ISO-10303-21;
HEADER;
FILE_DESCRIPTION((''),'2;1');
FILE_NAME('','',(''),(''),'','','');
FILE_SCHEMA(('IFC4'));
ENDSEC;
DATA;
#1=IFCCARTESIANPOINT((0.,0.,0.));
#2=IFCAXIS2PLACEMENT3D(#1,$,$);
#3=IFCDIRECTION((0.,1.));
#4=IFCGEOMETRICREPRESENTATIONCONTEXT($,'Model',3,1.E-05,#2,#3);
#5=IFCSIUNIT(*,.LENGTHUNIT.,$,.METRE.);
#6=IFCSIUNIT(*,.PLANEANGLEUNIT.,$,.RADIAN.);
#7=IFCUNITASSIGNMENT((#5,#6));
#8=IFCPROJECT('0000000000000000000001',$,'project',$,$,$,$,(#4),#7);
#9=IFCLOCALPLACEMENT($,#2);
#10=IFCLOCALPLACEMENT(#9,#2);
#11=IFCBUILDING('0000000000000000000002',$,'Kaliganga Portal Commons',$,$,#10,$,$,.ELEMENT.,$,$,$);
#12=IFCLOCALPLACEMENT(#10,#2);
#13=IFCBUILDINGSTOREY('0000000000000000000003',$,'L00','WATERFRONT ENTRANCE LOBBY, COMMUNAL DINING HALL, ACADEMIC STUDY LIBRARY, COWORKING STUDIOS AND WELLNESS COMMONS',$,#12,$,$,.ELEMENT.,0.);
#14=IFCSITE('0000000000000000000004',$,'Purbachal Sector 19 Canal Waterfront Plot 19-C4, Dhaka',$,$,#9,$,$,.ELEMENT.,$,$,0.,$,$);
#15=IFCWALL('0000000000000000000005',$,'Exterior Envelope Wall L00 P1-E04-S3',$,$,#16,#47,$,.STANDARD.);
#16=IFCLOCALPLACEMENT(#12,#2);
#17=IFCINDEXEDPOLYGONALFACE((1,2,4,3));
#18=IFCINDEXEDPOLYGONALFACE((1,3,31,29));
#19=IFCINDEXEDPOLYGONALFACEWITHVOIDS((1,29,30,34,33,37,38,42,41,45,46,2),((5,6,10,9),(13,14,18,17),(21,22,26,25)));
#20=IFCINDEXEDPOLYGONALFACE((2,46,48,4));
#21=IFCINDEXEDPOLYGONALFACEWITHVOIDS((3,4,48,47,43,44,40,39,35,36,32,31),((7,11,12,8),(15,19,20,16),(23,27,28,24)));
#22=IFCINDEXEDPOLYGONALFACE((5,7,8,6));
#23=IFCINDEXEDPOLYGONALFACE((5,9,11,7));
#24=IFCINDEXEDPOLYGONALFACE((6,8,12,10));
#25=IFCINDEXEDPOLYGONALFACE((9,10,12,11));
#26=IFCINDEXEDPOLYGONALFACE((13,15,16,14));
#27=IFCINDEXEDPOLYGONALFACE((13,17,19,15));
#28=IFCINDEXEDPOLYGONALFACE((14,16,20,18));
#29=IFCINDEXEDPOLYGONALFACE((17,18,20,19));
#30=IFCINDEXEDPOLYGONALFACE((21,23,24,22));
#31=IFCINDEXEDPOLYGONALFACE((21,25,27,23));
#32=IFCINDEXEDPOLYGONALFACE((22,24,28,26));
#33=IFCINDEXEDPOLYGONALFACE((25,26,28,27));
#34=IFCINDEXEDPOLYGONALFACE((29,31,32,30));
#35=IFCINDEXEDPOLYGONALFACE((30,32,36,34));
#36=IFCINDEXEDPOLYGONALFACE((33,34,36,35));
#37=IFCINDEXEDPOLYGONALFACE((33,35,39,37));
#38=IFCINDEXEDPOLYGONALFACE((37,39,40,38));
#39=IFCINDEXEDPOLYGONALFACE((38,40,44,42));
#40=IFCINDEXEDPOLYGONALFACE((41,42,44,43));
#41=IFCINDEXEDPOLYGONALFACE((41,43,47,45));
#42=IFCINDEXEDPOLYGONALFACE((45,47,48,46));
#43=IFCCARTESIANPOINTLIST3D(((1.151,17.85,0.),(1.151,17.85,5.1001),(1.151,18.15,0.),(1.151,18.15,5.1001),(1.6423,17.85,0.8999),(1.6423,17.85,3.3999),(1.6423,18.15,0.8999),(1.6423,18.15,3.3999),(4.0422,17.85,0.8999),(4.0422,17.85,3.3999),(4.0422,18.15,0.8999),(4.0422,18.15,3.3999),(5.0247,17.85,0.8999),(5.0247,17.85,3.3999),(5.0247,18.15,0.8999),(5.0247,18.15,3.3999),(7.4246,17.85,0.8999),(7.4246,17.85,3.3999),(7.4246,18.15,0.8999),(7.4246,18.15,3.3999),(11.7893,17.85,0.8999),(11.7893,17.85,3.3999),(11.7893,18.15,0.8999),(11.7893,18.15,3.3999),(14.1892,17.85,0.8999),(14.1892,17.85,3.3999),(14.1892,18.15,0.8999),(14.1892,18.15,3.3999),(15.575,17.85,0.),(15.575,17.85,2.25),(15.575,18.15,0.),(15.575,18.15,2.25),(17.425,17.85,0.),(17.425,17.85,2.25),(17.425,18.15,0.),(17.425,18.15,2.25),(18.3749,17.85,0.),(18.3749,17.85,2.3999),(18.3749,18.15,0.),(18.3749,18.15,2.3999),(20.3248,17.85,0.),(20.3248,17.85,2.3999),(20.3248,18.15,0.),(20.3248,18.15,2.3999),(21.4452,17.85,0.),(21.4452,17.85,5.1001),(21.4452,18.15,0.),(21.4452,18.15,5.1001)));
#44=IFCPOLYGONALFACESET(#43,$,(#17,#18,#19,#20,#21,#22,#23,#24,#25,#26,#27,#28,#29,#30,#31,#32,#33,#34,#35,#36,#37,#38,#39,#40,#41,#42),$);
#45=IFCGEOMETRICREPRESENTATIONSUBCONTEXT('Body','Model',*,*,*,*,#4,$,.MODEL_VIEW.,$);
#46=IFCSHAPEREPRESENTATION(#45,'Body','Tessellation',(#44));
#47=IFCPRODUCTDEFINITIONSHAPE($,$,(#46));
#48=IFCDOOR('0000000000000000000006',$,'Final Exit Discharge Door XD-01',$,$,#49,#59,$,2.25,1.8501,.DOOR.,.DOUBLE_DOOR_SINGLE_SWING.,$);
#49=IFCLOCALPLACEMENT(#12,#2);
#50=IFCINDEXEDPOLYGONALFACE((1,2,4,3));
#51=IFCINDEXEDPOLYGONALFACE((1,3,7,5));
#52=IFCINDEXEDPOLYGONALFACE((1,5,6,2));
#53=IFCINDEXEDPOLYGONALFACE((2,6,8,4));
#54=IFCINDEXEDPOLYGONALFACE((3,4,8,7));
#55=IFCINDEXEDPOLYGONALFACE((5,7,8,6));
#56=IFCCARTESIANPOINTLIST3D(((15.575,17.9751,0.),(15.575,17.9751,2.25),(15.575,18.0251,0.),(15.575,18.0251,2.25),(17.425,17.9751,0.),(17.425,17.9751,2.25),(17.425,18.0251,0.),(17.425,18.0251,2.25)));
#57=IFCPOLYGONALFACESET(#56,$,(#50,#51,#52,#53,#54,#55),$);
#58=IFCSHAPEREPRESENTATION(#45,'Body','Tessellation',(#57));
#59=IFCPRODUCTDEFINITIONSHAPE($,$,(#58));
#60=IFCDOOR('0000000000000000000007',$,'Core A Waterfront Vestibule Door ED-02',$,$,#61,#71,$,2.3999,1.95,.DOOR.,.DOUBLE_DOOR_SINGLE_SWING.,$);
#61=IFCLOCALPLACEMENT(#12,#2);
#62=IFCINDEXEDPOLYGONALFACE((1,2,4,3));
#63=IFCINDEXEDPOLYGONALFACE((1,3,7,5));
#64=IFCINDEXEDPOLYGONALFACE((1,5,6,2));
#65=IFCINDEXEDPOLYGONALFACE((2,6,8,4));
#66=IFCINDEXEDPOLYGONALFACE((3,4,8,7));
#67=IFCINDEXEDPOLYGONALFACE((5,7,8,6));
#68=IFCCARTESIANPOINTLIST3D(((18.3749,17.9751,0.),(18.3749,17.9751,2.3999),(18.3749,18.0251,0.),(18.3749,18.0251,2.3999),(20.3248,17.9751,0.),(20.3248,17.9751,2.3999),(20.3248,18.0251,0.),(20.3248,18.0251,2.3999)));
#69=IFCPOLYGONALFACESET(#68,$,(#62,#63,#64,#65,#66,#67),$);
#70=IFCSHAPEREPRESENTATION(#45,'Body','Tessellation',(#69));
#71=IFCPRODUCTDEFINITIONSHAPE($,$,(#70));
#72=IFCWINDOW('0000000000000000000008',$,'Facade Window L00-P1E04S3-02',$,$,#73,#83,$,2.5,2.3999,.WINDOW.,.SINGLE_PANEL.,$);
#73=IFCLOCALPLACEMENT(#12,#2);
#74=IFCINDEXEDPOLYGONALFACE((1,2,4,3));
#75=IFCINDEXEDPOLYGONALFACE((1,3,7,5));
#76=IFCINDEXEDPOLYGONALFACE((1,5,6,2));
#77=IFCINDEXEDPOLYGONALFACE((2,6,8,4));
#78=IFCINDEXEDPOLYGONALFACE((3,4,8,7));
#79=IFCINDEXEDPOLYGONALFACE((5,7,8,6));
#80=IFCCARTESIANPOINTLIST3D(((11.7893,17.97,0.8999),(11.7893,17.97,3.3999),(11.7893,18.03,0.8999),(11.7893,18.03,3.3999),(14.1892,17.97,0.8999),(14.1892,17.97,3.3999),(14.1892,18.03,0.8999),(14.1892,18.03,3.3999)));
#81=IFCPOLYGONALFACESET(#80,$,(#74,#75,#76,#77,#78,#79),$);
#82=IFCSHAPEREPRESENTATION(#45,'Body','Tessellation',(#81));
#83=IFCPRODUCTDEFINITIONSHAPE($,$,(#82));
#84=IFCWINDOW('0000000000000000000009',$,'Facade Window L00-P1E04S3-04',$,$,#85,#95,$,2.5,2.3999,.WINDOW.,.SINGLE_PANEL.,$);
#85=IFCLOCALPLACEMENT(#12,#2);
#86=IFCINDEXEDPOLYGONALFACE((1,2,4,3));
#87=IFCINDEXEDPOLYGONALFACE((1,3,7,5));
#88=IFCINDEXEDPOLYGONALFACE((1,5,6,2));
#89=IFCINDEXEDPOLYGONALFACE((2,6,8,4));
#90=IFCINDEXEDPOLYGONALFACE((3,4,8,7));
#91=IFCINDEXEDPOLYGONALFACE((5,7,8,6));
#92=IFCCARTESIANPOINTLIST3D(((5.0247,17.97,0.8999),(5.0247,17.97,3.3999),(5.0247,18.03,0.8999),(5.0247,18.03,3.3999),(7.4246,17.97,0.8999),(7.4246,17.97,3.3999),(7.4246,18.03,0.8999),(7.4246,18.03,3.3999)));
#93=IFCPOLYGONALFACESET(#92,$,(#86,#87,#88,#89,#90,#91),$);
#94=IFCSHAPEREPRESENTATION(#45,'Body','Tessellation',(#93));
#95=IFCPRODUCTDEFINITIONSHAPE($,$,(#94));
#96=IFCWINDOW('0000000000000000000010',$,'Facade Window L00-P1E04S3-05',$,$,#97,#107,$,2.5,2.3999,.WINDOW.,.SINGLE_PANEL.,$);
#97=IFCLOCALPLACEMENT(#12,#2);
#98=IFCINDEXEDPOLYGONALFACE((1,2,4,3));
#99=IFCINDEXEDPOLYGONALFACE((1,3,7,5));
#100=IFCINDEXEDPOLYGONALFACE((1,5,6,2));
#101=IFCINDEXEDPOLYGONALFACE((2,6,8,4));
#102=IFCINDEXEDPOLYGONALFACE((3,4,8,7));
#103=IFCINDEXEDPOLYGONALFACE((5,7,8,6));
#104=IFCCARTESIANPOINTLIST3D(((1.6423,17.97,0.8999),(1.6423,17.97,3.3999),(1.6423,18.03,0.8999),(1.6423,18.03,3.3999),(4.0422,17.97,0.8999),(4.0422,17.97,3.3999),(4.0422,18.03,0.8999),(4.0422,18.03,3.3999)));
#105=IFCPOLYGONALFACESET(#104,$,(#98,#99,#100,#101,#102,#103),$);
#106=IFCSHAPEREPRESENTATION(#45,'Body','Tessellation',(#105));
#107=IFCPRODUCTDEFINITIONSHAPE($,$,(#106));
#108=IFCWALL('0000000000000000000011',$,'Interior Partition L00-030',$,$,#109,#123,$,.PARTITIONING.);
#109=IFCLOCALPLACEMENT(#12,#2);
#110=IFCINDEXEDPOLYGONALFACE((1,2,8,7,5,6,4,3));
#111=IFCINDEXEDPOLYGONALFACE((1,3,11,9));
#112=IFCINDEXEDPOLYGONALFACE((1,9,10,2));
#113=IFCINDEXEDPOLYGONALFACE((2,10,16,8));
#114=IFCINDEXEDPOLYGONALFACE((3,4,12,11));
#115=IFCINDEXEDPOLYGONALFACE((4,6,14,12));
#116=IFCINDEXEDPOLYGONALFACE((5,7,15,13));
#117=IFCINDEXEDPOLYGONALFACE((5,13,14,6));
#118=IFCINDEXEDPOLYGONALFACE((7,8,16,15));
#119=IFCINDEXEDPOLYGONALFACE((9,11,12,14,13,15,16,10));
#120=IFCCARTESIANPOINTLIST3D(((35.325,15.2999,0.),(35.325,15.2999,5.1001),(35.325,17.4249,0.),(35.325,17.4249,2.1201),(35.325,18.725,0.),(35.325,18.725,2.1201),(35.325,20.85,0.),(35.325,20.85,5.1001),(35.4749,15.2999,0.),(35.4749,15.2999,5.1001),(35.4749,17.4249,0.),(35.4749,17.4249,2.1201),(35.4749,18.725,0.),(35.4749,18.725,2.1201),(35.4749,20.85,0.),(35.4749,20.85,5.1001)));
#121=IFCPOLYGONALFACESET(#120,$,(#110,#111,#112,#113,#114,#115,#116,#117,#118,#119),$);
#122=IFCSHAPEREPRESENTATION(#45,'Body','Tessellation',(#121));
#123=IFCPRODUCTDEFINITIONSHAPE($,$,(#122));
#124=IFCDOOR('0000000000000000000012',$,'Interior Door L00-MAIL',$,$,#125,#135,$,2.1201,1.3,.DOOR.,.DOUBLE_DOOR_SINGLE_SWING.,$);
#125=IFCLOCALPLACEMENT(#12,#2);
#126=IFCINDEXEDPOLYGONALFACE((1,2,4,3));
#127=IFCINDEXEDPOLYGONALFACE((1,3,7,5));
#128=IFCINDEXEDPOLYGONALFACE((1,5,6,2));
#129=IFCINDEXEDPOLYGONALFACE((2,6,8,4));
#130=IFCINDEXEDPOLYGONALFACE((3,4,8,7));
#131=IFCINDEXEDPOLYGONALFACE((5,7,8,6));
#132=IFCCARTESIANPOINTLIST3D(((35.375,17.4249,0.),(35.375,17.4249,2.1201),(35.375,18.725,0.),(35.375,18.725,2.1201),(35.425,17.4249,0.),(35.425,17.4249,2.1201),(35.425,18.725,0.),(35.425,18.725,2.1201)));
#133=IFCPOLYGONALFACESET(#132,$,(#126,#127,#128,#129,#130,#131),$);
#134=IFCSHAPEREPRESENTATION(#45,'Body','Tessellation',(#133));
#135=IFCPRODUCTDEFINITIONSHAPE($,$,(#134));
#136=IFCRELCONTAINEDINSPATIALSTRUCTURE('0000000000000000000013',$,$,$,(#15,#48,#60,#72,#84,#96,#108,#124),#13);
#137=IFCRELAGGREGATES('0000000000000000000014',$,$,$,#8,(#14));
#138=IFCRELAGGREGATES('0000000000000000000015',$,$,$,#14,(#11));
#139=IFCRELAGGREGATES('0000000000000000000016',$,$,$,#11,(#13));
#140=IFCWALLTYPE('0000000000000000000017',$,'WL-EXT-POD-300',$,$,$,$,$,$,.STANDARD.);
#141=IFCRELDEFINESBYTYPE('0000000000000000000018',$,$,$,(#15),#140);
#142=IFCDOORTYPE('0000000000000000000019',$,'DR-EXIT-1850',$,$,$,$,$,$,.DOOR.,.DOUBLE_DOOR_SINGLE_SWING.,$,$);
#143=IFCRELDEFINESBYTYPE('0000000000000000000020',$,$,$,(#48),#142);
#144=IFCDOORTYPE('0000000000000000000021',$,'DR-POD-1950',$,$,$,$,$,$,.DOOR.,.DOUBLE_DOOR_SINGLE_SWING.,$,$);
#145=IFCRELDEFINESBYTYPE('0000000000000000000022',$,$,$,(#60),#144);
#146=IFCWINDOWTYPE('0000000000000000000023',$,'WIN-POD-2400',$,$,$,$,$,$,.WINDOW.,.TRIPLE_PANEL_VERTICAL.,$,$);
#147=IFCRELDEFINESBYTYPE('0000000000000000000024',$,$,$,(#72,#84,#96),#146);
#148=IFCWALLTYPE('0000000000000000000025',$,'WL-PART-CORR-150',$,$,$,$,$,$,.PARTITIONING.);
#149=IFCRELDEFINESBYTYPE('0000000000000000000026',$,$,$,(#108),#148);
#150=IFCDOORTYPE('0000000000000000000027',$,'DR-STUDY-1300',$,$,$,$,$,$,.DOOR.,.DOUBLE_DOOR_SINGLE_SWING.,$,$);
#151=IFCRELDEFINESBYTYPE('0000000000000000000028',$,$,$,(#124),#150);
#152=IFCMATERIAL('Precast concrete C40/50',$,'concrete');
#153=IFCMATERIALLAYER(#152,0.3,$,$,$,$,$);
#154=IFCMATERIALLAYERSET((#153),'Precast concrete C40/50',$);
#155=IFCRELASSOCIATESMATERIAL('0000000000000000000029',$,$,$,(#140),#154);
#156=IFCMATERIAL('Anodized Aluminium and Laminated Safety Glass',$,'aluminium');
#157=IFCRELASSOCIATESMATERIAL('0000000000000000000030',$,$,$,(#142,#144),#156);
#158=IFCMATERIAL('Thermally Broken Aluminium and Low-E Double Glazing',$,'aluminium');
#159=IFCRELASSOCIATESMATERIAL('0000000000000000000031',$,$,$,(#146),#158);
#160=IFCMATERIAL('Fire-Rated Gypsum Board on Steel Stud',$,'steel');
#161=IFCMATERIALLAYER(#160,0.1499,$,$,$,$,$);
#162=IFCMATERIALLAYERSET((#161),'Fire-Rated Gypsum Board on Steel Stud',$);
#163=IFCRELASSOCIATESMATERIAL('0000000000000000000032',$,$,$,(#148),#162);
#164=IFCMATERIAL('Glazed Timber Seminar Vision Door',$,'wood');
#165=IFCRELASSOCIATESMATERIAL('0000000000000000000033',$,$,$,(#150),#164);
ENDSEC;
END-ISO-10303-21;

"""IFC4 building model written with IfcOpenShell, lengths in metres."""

from ifc_helpers import new_model, si_unit, direction, frame, frame_2d, origin, place, context, subcontext, project, spatial, rectangle, extrude, material, layer, layer_set, type_object, element, fill, save


model = new_model("IFC4")

# Units and contexts
model_context = context("Model", 3, precision=1e-05, world=origin(), true_north=direction((0.0, 1.0)))
body_context = subcontext(model_context, "Body", "Model", "MODEL_VIEW")
ifc_project = project(units=[si_unit("LENGTHUNIT", "METRE"), si_unit("PLANEANGLEUNIT", "RADIAN")], contexts=[model_context])

# Site, building, storey
site_placement = place(None, origin())
site = spatial("IfcSite", under=ifc_project, at=site_placement, Name="Purbachal Sector 19 Canal Waterfront Plot 19-C4, Dhaka", CompositionType="ELEMENT", RefElevation=0.0)
building_placement = place(site_placement, origin())
building = spatial("IfcBuilding", under=site, at=building_placement, Name="Kaliganga Portal Commons", CompositionType="ELEMENT")
storey_placement = place(building_placement, origin())
storey = spatial("IfcBuildingStorey", under=building, at=storey_placement, Name="L00", Description="WATERFRONT ENTRANCE LOBBY, COMMUNAL DINING HALL, ACADEMIC STUDY LIBRARY, COWORKING STUDIOS AND WELLNESS COMMONS", CompositionType="ELEMENT", Elevation=0.0)

# Wall, openings, doors, windows
ifc_material_1 = material(Name="Precast concrete C40/50", Category="concrete")
ifc_layer_1 = layer(ifc_material_1, 0.3)
ifc_layer_set_1 = layer_set([ifc_layer_1], Name="Precast concrete C40/50")
wall_type_1 = type_object("IfcWallType", Name="WL-EXT-POD-300", PredefinedType="STANDARD", material=ifc_layer_set_1)
wall_1_placement = place(storey_placement, frame((21.4451, 18.0, 0.0), z_axis=(0.0, 0.0, 1.0), x_axis=(-1.0, 0.0, 0.0)))
wall_1 = element("IfcWall", 1, at=wall_1_placement, inside=storey, type_object=wall_type_1, Name="Exterior Envelope Wall L00 P1-E04-S3", PredefinedType="STANDARD", context=body_context, shape_type="SweptSolid", body=[
    extrude(rectangle(XDim=20.2942, YDim=0.3, at=frame_2d((10.147, 0.0))), origin(), (0.0, 0.0, 1.0), 5.1001),
])
opening_1_placement = place(wall_1_placement, frame((4.02, 0.0, 0.0)))
opening_1 = element("IfcOpeningElement", 2, at=opening_1_placement, cuts=wall_1, PredefinedType="OPENING", context=body_context, shape_type="SweptSolid", body=[
    extrude(rectangle(XDim=1.8501, YDim=2.25, at=frame_2d((0.925, 1.125))), frame((0.0, 0.1602, 0.0), z_axis=(0.0, -1.0, 0.0), x_axis=(1.0, 0.0, 0.0)), (0.0, 0.0, 1.0), 0.3201),
])
opening_2_placement = place(wall_1_placement, frame((1.1201, 0.0, 0.0)))
opening_2 = element("IfcOpeningElement", 3, at=opening_2_placement, cuts=wall_1, PredefinedType="OPENING", context=body_context, shape_type="SweptSolid", body=[
    extrude(rectangle(XDim=1.95, YDim=2.3999, at=frame_2d((0.9751, 1.2))), frame((0.0, 0.1602, 0.0), z_axis=(0.0, -1.0, 0.0), x_axis=(1.0, 0.0, 0.0)), (0.0, 0.0, 1.0), 0.3201),
])
opening_3_placement = place(wall_1_placement, frame((7.2559, 0.0, 0.8999)))
opening_3 = element("IfcOpeningElement", 4, at=opening_3_placement, cuts=wall_1, PredefinedType="OPENING", context=body_context, shape_type="SweptSolid", body=[
    extrude(rectangle(XDim=2.3999, YDim=2.5, at=frame_2d((1.2, 1.25))), frame((0.0, 0.1602, 0.0), z_axis=(0.0, -1.0, 0.0), x_axis=(1.0, 0.0, 0.0)), (0.0, 0.0, 1.0), 0.3201),
])
opening_4_placement = place(wall_1_placement, frame((14.0205, 0.0, 0.8999)))
opening_4 = element("IfcOpeningElement", 5, at=opening_4_placement, cuts=wall_1, PredefinedType="OPENING", context=body_context, shape_type="SweptSolid", body=[
    extrude(rectangle(XDim=2.3999, YDim=2.5, at=frame_2d((1.2, 1.25))), frame((0.0, 0.1602, 0.0), z_axis=(0.0, -1.0, 0.0), x_axis=(1.0, 0.0, 0.0)), (0.0, 0.0, 1.0), 0.3201),
])
opening_5_placement = place(wall_1_placement, frame((17.4028, 0.0, 0.8999)))
opening_5 = element("IfcOpeningElement", 6, at=opening_5_placement, cuts=wall_1, PredefinedType="OPENING", context=body_context, shape_type="SweptSolid", body=[
    extrude(rectangle(XDim=2.3999, YDim=2.5, at=frame_2d((1.2, 1.25))), frame((0.0, 0.1602, 0.0), z_axis=(0.0, -1.0, 0.0), x_axis=(1.0, 0.0, 0.0)), (0.0, 0.0, 1.0), 0.3201),
])
ifc_material_2 = material(Name="Anodized Aluminium and Laminated Safety Glass", Category="aluminium")
door_type_1 = type_object("IfcDoorType", Name="DR-EXIT-1850", OperationType="DOUBLE_DOOR_SINGLE_SWING", PredefinedType="DOOR", material=ifc_material_2)
door_1_placement = place(opening_1_placement, origin())
door_1 = element("IfcDoor", 7, at=door_1_placement, inside=storey, type_object=door_type_1, Name="Final Exit Discharge Door XD-01", OperationType="DOUBLE_DOOR_SINGLE_SWING", OverallHeight=2.25, OverallWidth=1.8501, PredefinedType="DOOR", context=body_context, shape_type="SweptSolid", body=[
    extrude(rectangle(XDim=1.8501, YDim=2.25, at=frame_2d((0.925, 1.125))), frame((0.0, 0.0249, 0.0), z_axis=(0.0, -1.0, 0.0), x_axis=(1.0, 0.0, 0.0)), (0.0, 0.0, 1.0), 0.05),
])
fill(opening_1, door_1)
door_type_2 = type_object("IfcDoorType", Name="DR-POD-1950", OperationType="DOUBLE_DOOR_SINGLE_SWING", PredefinedType="DOOR", material=ifc_material_2)
door_2_placement = place(opening_2_placement, origin())
door_2 = element("IfcDoor", 8, at=door_2_placement, inside=storey, type_object=door_type_2, Name="Core A Waterfront Vestibule Door ED-02", OperationType="DOUBLE_DOOR_SINGLE_SWING", OverallHeight=2.3999, OverallWidth=1.95, PredefinedType="DOOR", context=body_context, shape_type="SweptSolid", body=[
    extrude(rectangle(XDim=1.95, YDim=2.3999, at=frame_2d((0.9751, 1.2))), frame((0.0, 0.0249, 0.0), z_axis=(0.0, -1.0, 0.0), x_axis=(1.0, 0.0, 0.0)), (0.0, 0.0, 1.0), 0.05),
])
fill(opening_2, door_2)
ifc_material_3 = material(Name="Thermally Broken Aluminium and Low-E Double Glazing", Category="aluminium")
window_type = type_object("IfcWindowType", Name="WIN-POD-2400", PartitioningType="TRIPLE_PANEL_VERTICAL", PredefinedType="WINDOW", material=ifc_material_3)
window_1_placement = place(opening_3_placement, origin())
window_1 = element("IfcWindow", 9, at=window_1_placement, inside=storey, type_object=window_type, Name="Facade Window L00-P1E04S3-02", OverallHeight=2.5, OverallWidth=2.3999, PartitioningType="SINGLE_PANEL", PredefinedType="WINDOW", context=body_context, shape_type="SweptSolid", body=[
    extrude(rectangle(XDim=2.3999, YDim=2.5, at=frame_2d((1.2, 1.25))), frame((0.0, 0.03, 0.0), z_axis=(0.0, -1.0, 0.0), x_axis=(1.0, 0.0, 0.0)), (0.0, 0.0, 1.0), 0.0601),
])
fill(opening_3, window_1)
window_2_placement = place(opening_4_placement, origin())
window_2 = element("IfcWindow", 10, at=window_2_placement, inside=storey, type_object=window_type, Name="Facade Window L00-P1E04S3-04", OverallHeight=2.5, OverallWidth=2.3999, PartitioningType="SINGLE_PANEL", PredefinedType="WINDOW", context=body_context, shape_type="SweptSolid", body=[
    extrude(rectangle(XDim=2.3999, YDim=2.5, at=frame_2d((1.2, 1.25))), frame((0.0, 0.03, 0.0), z_axis=(0.0, -1.0, 0.0), x_axis=(1.0, 0.0, 0.0)), (0.0, 0.0, 1.0), 0.0601),
])
fill(opening_4, window_2)
window_3_placement = place(opening_5_placement, origin())
window_3 = element("IfcWindow", 11, at=window_3_placement, inside=storey, type_object=window_type, Name="Facade Window L00-P1E04S3-05", OverallHeight=2.5, OverallWidth=2.3999, PartitioningType="SINGLE_PANEL", PredefinedType="WINDOW", context=body_context, shape_type="SweptSolid", body=[
    extrude(rectangle(XDim=2.3999, YDim=2.5, at=frame_2d((1.2, 1.25))), frame((0.0, 0.03, 0.0), z_axis=(0.0, -1.0, 0.0), x_axis=(1.0, 0.0, 0.0)), (0.0, 0.0, 1.0), 0.0601),
])
fill(opening_5, window_3)

# Wall, opening, door
ifc_material_4 = material(Name="Fire-Rated Gypsum Board on Steel Stud", Category="steel")
ifc_layer_2 = layer(ifc_material_4, 0.1499)
ifc_layer_set_2 = layer_set([ifc_layer_2], Name="Fire-Rated Gypsum Board on Steel Stud")
wall_type_2 = type_object("IfcWallType", Name="WL-PART-CORR-150", PredefinedType="PARTITIONING", material=ifc_layer_set_2)
wall_2_placement = place(storey_placement, frame((35.3999, 15.3, 0.0), z_axis=(0.0, 0.0, 1.0), x_axis=(0.0, 1.0, 0.0)))
wall_2 = element("IfcWall", 12, at=wall_2_placement, inside=storey, type_object=wall_type_2, Name="Interior Partition L00-030", PredefinedType="PARTITIONING", context=body_context, shape_type="SweptSolid", body=[
    extrude(rectangle(XDim=5.55, YDim=0.1499, at=frame_2d((2.7749, 0.0))), origin(), (0.0, 0.0, 1.0), 5.1001),
])
opening_6_placement = place(wall_2_placement, frame((2.125, 0.0, 0.0)))
opening_6 = element("IfcOpeningElement", 13, at=opening_6_placement, cuts=wall_2, PredefinedType="OPENING", context=body_context, shape_type="SweptSolid", body=[
    extrude(rectangle(XDim=1.3, YDim=2.1201, at=frame_2d((0.6499, 1.0601))), frame((0.0, 0.085, 0.0), z_axis=(0.0, -1.0, 0.0), x_axis=(1.0, 0.0, 0.0)), (0.0, 0.0, 1.0), 0.1699),
])
ifc_material_5 = material(Name="Glazed Timber Seminar Vision Door", Category="wood")
door_type_3 = type_object("IfcDoorType", Name="DR-STUDY-1300", OperationType="DOUBLE_DOOR_SINGLE_SWING", PredefinedType="DOOR", material=ifc_material_5)
door_3_placement = place(opening_6_placement, origin())
door_3 = element("IfcDoor", 14, at=door_3_placement, inside=storey, type_object=door_type_3, Name="Interior Door L00-MAIL", OperationType="DOUBLE_DOOR_SINGLE_SWING", OverallHeight=2.1201, OverallWidth=1.3, PredefinedType="DOOR", context=body_context, shape_type="SweptSolid", body=[
    extrude(rectangle(XDim=1.3, YDim=2.1201, at=frame_2d((0.6499, 1.0601))), frame((0.0, 0.0249, 0.0), z_axis=(0.0, -1.0, 0.0), x_axis=(1.0, 0.0, 0.0)), (0.0, 0.0, 1.0), 0.05),
])
fill(opening_6, door_3)

save(model, "model.ifc")
